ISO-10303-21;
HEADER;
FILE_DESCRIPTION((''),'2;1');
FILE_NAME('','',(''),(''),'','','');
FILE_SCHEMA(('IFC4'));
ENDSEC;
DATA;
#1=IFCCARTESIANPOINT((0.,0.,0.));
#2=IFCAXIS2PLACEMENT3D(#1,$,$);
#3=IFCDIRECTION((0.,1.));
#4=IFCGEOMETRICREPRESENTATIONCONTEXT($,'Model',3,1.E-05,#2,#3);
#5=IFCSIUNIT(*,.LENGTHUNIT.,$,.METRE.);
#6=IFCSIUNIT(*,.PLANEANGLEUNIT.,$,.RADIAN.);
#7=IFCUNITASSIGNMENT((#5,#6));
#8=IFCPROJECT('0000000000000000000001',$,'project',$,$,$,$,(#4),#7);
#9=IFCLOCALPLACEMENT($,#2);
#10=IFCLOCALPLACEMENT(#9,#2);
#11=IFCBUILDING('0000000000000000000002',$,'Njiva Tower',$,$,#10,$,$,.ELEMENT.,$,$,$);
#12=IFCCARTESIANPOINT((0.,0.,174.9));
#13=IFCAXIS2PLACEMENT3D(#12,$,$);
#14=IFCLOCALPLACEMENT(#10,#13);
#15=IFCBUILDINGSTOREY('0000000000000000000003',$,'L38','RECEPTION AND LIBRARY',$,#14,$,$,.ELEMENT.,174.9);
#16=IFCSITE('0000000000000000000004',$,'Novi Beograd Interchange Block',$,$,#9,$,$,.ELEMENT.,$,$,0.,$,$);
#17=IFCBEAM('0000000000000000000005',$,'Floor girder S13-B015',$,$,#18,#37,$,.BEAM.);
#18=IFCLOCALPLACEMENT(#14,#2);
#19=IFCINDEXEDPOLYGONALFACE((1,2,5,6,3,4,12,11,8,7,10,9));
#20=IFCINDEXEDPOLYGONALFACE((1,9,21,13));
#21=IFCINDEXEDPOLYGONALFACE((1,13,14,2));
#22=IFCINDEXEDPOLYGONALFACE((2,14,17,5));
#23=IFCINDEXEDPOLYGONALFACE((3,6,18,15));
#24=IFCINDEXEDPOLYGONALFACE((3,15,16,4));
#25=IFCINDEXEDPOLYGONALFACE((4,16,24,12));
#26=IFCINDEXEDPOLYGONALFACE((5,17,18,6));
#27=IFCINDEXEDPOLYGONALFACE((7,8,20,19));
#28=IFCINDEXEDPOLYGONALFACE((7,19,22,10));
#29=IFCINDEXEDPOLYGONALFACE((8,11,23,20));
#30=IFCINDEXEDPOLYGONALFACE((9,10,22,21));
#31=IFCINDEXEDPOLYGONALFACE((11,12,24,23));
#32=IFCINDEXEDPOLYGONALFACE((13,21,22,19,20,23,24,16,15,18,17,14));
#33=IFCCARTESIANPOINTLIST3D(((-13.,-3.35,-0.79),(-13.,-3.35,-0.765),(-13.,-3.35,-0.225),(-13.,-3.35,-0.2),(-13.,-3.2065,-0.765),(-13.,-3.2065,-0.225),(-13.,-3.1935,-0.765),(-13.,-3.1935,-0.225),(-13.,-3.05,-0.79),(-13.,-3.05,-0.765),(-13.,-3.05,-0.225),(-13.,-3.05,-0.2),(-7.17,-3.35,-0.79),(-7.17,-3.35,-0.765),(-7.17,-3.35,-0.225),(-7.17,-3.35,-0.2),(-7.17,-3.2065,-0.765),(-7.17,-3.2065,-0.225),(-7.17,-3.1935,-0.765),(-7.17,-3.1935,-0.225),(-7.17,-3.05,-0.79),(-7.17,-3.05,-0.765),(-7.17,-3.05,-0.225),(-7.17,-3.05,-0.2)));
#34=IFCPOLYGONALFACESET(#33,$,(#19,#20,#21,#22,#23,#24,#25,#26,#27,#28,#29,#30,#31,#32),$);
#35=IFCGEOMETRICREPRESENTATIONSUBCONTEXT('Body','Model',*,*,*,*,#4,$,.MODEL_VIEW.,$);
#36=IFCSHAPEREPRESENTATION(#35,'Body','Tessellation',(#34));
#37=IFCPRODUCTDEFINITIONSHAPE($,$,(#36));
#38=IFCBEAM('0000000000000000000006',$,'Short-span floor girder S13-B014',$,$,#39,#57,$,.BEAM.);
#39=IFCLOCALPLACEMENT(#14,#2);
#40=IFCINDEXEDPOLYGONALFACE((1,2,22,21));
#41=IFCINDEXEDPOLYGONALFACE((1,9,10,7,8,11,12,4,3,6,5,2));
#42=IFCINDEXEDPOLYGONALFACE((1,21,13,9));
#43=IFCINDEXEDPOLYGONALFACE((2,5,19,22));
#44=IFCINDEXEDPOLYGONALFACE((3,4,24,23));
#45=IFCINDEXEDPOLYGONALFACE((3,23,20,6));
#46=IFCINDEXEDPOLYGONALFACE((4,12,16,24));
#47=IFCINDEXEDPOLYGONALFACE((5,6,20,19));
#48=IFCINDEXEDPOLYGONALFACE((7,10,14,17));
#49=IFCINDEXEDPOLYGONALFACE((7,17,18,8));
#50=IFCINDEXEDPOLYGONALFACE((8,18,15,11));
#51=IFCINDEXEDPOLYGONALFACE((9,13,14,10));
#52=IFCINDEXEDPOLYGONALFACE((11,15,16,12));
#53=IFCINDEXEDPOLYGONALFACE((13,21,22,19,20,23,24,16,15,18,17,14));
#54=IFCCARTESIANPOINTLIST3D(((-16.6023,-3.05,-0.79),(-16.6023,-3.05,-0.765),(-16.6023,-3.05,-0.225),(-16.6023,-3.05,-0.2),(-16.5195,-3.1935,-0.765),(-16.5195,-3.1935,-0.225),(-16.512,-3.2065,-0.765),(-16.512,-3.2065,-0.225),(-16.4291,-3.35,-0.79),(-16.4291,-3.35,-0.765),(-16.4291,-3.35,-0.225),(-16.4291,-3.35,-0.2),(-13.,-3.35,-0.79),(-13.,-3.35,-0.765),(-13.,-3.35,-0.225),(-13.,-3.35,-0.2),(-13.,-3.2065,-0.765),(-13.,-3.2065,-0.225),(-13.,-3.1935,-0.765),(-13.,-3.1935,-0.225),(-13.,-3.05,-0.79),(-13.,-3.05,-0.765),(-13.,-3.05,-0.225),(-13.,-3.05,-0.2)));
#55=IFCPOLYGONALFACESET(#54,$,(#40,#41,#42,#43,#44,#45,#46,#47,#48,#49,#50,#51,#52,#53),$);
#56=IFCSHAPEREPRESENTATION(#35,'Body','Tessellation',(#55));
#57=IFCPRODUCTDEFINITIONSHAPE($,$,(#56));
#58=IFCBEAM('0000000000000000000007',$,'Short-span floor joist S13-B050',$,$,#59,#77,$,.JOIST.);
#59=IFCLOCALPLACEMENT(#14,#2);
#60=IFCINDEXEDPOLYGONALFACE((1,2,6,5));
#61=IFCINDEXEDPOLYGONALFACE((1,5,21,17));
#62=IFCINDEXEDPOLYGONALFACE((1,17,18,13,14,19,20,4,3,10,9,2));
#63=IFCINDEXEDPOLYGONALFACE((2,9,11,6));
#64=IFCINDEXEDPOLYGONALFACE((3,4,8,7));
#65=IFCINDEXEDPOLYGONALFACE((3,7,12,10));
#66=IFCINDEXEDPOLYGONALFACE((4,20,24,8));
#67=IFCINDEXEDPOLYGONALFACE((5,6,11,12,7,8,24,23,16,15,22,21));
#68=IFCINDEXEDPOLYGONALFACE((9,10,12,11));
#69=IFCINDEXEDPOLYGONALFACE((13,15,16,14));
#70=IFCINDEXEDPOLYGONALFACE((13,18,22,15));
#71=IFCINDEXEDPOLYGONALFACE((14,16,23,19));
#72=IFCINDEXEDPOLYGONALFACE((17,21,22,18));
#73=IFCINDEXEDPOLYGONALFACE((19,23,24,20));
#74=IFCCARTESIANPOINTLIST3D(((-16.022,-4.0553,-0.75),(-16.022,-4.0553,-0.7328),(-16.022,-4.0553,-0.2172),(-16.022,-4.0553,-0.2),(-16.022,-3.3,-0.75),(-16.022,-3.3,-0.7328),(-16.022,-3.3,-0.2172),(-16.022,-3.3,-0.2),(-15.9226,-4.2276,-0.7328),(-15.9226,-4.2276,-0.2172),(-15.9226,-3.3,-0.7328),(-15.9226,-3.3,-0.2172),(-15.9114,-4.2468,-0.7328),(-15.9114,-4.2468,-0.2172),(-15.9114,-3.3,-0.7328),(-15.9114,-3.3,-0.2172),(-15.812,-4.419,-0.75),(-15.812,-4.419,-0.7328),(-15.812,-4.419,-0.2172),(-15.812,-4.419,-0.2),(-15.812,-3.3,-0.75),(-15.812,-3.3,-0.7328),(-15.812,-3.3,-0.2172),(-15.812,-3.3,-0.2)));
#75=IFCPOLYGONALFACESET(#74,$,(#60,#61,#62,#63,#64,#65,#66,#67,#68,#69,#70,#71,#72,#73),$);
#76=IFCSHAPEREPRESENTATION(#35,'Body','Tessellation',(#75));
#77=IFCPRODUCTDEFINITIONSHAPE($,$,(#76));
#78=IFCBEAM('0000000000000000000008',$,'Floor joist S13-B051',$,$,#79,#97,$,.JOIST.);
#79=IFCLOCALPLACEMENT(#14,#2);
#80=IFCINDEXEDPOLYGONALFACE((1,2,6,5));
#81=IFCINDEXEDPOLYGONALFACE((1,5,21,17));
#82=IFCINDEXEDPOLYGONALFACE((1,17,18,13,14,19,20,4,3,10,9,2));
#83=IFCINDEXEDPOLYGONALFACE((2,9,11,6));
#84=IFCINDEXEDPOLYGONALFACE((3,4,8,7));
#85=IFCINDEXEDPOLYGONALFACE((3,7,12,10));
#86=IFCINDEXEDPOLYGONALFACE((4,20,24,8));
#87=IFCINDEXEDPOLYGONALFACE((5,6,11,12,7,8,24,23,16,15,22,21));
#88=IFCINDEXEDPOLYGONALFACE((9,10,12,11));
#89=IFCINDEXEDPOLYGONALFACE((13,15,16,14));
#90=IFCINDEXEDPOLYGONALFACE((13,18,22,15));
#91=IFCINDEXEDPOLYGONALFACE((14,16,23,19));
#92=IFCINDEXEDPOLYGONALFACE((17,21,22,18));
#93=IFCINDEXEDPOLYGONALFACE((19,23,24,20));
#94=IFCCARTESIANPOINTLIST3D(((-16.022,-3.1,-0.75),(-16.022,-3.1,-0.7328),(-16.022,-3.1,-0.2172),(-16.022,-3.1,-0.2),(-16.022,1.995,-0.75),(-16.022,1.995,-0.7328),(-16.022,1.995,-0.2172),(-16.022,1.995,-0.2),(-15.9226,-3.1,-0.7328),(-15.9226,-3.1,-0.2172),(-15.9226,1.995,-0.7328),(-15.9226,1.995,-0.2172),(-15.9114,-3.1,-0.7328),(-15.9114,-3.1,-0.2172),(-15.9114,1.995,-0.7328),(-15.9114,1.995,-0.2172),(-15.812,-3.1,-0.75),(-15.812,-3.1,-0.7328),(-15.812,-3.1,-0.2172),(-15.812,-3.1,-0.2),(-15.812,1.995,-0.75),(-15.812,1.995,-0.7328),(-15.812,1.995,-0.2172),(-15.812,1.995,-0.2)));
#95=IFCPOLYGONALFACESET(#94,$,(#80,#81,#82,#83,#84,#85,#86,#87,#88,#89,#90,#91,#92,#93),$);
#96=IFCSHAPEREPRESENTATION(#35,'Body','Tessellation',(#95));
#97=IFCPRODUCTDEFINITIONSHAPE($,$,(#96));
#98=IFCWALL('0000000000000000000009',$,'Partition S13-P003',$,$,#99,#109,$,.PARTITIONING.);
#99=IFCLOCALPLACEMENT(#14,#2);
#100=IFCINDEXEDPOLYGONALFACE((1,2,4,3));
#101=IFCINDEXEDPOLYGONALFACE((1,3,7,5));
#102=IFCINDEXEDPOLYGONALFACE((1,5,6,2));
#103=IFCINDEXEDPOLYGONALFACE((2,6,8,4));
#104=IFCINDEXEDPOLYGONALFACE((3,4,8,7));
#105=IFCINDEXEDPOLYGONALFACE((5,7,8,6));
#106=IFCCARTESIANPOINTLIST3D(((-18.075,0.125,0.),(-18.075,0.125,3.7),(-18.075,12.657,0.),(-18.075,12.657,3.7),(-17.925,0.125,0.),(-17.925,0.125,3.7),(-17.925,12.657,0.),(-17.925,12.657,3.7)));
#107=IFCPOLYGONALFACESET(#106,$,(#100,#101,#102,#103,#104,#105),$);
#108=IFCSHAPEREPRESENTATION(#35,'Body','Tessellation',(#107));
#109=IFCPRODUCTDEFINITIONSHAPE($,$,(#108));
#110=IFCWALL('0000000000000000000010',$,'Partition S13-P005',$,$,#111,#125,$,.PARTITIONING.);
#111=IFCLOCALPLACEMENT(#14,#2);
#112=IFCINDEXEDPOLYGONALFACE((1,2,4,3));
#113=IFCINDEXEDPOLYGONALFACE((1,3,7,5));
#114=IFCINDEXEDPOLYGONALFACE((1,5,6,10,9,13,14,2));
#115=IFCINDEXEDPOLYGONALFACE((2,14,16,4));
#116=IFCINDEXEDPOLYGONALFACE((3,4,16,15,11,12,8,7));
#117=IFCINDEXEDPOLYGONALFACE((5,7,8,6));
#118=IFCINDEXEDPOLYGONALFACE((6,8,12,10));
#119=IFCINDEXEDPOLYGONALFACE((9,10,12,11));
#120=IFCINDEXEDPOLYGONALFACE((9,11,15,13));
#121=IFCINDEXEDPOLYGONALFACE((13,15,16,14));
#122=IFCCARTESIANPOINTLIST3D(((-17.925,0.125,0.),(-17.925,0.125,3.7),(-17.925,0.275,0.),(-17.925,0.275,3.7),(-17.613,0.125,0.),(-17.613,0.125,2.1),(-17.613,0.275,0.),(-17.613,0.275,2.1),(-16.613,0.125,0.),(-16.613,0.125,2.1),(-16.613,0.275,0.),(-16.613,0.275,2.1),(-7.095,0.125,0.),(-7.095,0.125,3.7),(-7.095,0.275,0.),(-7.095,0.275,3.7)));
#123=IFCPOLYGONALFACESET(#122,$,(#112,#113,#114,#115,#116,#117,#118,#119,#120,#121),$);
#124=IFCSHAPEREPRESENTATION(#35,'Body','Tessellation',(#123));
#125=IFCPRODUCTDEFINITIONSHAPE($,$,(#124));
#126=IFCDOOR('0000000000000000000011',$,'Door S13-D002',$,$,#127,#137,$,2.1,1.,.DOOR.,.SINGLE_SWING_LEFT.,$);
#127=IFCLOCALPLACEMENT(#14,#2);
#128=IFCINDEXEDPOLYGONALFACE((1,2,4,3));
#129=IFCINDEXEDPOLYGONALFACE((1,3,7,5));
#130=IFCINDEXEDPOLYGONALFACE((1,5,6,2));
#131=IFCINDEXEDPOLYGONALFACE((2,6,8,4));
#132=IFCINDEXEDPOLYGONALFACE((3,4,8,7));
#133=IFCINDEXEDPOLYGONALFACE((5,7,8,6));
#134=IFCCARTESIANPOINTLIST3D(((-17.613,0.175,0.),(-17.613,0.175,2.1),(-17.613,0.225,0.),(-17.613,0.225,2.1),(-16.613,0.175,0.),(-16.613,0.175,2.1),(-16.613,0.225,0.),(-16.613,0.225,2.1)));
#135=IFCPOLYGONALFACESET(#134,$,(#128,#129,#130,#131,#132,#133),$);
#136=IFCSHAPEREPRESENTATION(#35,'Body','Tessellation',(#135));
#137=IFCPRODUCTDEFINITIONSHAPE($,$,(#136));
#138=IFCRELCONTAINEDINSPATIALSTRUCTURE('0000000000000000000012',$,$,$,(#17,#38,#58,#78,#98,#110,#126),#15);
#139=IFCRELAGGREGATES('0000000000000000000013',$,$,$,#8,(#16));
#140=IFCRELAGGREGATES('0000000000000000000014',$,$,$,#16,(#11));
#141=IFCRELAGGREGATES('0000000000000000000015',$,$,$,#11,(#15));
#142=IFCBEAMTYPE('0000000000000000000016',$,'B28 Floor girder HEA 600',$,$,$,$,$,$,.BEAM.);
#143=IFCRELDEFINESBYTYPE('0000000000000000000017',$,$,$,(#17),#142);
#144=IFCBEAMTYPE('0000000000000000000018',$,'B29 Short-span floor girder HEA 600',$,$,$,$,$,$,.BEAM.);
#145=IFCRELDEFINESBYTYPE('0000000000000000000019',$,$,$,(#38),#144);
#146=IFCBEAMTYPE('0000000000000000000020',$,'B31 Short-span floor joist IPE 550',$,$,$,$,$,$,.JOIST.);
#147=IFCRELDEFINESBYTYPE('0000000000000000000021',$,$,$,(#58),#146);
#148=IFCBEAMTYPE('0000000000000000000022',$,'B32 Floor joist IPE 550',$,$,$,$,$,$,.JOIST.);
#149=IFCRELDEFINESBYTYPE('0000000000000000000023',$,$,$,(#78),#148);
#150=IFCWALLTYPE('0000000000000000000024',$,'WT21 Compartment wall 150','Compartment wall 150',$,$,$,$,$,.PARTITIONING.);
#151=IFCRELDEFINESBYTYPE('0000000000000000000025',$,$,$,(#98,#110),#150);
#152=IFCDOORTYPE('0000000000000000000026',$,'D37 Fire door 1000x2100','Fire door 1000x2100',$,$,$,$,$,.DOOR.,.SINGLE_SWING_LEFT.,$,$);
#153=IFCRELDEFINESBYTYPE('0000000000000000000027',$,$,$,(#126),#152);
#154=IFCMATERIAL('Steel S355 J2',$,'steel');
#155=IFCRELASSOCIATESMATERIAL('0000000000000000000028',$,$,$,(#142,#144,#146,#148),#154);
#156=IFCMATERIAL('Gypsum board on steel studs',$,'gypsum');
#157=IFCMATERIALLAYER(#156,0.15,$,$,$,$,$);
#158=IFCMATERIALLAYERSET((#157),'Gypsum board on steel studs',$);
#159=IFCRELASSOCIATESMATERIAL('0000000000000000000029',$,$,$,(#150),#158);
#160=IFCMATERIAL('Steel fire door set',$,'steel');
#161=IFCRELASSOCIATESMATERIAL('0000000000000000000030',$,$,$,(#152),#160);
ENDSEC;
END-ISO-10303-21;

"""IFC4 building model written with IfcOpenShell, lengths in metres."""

from ifc_helpers import new_model, si_unit, direction, frame, frame_2d, origin, origin_2d, place, context, subcontext, project, spatial, rectangle, i_section, extrude, clip, halfspace, material, layer, layer_set, material_profile, profile_set, type_object, element, fill, save


model = new_model("IFC4")

# Units and contexts
model_context = context("Model", 3, precision=1e-05, world=origin(), true_north=direction((0.0, 1.0)))
body_context = subcontext(model_context, "Body", "Model", "MODEL_VIEW")
ifc_project = project(units=[si_unit("LENGTHUNIT", "METRE"), si_unit("PLANEANGLEUNIT", "RADIAN")], contexts=[model_context])

# Site, building, storey
site_placement = place(None, origin())
site = spatial("IfcSite", under=ifc_project, at=site_placement, Name="Novi Beograd Interchange Block", CompositionType="ELEMENT", RefElevation=0.0)
building_placement = place(site_placement, origin())
building = spatial("IfcBuilding", under=site, at=building_placement, Name="Njiva Tower", CompositionType="ELEMENT")
storey_placement = place(building_placement, frame((0.0, 0.0, 174.9)))
storey = spatial("IfcBuildingStorey", under=building, at=storey_placement, Name="L38", Description="RECEPTION AND LIBRARY", CompositionType="ELEMENT", Elevation=174.9)

# Shared definitions
ifc_material_1 = material(Name="Steel S355 J2", Category="steel")

# Beams
ifc_material_profile_1 = material_profile(ifc_material_1, i_section(OverallWidth=0.3, OverallDepth=0.59, WebThickness=0.013, FlangeThickness=0.025, at=origin_2d()), Name="HEA 600")
ifc_profile_set_1 = profile_set([ifc_material_profile_1], Name="Steel S355 J2")
beam_type_1 = type_object("IfcBeamType", Name="B28 Floor girder HEA 600", PredefinedType="BEAM", material=ifc_profile_set_1)
beam_1_placement = place(storey_placement, frame((-13.0, -3.2, -0.495), z_axis=(1.0, 0.0, 0.0), x_axis=(0.0, 1.0, 0.0)))
element("IfcBeam", 1, at=beam_1_placement, inside=storey, type_object=beam_type_1, Name="Floor girder S13-B015", PredefinedType="BEAM", context=body_context, shape_type="SweptSolid", body=[
    extrude(i_section(OverallWidth=0.3, OverallDepth=0.59, WebThickness=0.013, FlangeThickness=0.025, at=origin_2d()), origin(), (0.0, 0.0, 1.0), 5.83),
])
ifc_material_profile_2 = material_profile(ifc_material_1, i_section(OverallWidth=0.3, OverallDepth=0.59, WebThickness=0.013, FlangeThickness=0.025, at=origin_2d()), Name="HEA 600")
ifc_profile_set_2 = profile_set([ifc_material_profile_2], Name="Steel S355 J2")
beam_type_2 = type_object("IfcBeamType", Name="B29 Short-span floor girder HEA 600", PredefinedType="BEAM", material=ifc_profile_set_2)
beam_2_placement = place(storey_placement, frame((-16.623, -3.2, -0.495), z_axis=(1.0, 0.0, 0.0), x_axis=(0.0, 1.0, 0.0)))
element("IfcBeam", 2, at=beam_2_placement, inside=storey, type_object=beam_type_2, Name="Short-span floor girder S13-B014", PredefinedType="BEAM", context=body_context, shape_type="Clipping", body=[
    clip(extrude(i_section(OverallWidth=0.3, OverallDepth=0.59, WebThickness=0.013, FlangeThickness=0.025, at=origin_2d()), origin(), (0.0, 0.0, 1.0), 3.623), halfspace(frame((-0.025, 0.0, 0.1217), z_axis=(-0.499998, 0.0, -0.866027), x_axis=(0.0, -1.0, 0.0)), False)),
])
ifc_material_profile_3 = material_profile(ifc_material_1, i_section(OverallWidth=0.21, OverallDepth=0.55, WebThickness=0.0111, FlangeThickness=0.0172, at=origin_2d()), Name="IPE 550")
ifc_profile_set_3 = profile_set([ifc_material_profile_3], Name="Steel S355 J2")
beam_type_3 = type_object("IfcBeamType", Name="B31 Short-span floor joist IPE 550", PredefinedType="JOIST", material=ifc_profile_set_3)
beam_3_placement = place(storey_placement, frame((-15.917, -3.3, -0.475), z_axis=(0.0, -1.0, 0.0), x_axis=(1.0, 0.0, 0.0)))
element("IfcBeam", 3, at=beam_3_placement, inside=storey, type_object=beam_type_3, Name="Short-span floor joist S13-B050", PredefinedType="JOIST", context=body_context, shape_type="Clipping", body=[
    clip(extrude(i_section(OverallWidth=0.21, OverallDepth=0.55, WebThickness=0.0111, FlangeThickness=0.0172, at=origin_2d()), origin(), (0.0, 0.0, 1.0), 1.14), halfspace(frame((-0.043, 0.0, 0.8627), z_axis=(-0.866027, 0.0, 0.499998), x_axis=(0.0, 1.0, 0.0)), False)),
])
ifc_material_profile_4 = material_profile(ifc_material_1, i_section(OverallWidth=0.21, OverallDepth=0.55, WebThickness=0.0111, FlangeThickness=0.0172, at=origin_2d()), Name="IPE 550")
ifc_profile_set_4 = profile_set([ifc_material_profile_4], Name="Steel S355 J2")
beam_type_4 = type_object("IfcBeamType", Name="B32 Floor joist IPE 550", PredefinedType="JOIST", material=ifc_profile_set_4)
beam_4_placement = place(storey_placement, frame((-15.917, 1.995, -0.475), z_axis=(0.0, -1.0, 0.0), x_axis=(1.0, 0.0, 0.0)))
element("IfcBeam", 4, at=beam_4_placement, inside=storey, type_object=beam_type_4, Name="Floor joist S13-B051", PredefinedType="JOIST", context=body_context, shape_type="SweptSolid", body=[
    extrude(i_section(OverallWidth=0.21, OverallDepth=0.55, WebThickness=0.0111, FlangeThickness=0.0172, at=origin_2d()), origin(), (0.0, 0.0, 1.0), 5.095),
])

# Wall
ifc_material_2 = material(Name="Gypsum board on steel studs", Category="gypsum")
ifc_layer = layer(ifc_material_2, 0.15)
ifc_layer_set = layer_set([ifc_layer], Name="Gypsum board on steel studs")
wall_type = type_object("IfcWallType", Name="WT21 Compartment wall 150", Description="Compartment wall 150", PredefinedType="PARTITIONING", material=ifc_layer_set)
wall_1_placement = place(storey_placement, frame((-18.0, 0.125, 0.0), z_axis=(0.0, 0.0, 1.0), x_axis=(0.0, 1.0, 0.0)))
element("IfcWall", 5, at=wall_1_placement, inside=storey, type_object=wall_type, Name="Partition S13-P003", PredefinedType="PARTITIONING", context=body_context, shape_type="SweptSolid", body=[
    extrude(rectangle(XDim=12.532, YDim=0.15, at=frame_2d((6.266, 0.0))), origin(), (0.0, 0.0, 1.0), 3.7),
])

# Wall, opening, door
wall_2_placement = place(storey_placement, frame((-17.925, 0.2, 0.0), z_axis=(0.0, 0.0, 1.0), x_axis=(1.0, 0.0, 0.0)))
wall_2 = element("IfcWall", 6, at=wall_2_placement, inside=storey, type_object=wall_type, Name="Partition S13-P005", PredefinedType="PARTITIONING", context=body_context, shape_type="SweptSolid", body=[
    extrude(rectangle(XDim=10.83, YDim=0.15, at=frame_2d((5.415, 0.0))), origin(), (0.0, 0.0, 1.0), 3.7),
])
opening_placement = place(wall_2_placement, frame((0.312, 0.0, 0.0)))
opening = element("IfcOpeningElement", 7, at=opening_placement, cuts=wall_2, PredefinedType="OPENING", context=body_context, shape_type="SweptSolid", body=[
    extrude(rectangle(XDim=1.0, YDim=2.1, at=frame_2d((0.5, 1.05))), frame((0.0, 0.085, 0.0), z_axis=(0.0, -1.0, 0.0), x_axis=(1.0, 0.0, 0.0)), (0.0, 0.0, 1.0), 0.17),
])
ifc_material_3 = material(Name="Steel fire door set", Category="steel")
door_type = type_object("IfcDoorType", Name="D37 Fire door 1000x2100", Description="Fire door 1000x2100", OperationType="SINGLE_SWING_LEFT", PredefinedType="DOOR", material=ifc_material_3)
door_placement = place(opening_placement, origin())
door = element("IfcDoor", 8, at=door_placement, inside=storey, type_object=door_type, Name="Door S13-D002", OperationType="SINGLE_SWING_LEFT", OverallHeight=2.1, OverallWidth=1.0, PredefinedType="DOOR", context=body_context, shape_type="SweptSolid", body=[
    extrude(rectangle(XDim=1.0, YDim=2.1, at=frame_2d((0.5, 1.05))), frame((0.0, 0.025, 0.0), z_axis=(0.0, -1.0, 0.0), x_axis=(1.0, 0.0, 0.0)), (0.0, 0.0, 1.0), 0.05),
])
fill(opening, door)

save(model, "model.ifc")
